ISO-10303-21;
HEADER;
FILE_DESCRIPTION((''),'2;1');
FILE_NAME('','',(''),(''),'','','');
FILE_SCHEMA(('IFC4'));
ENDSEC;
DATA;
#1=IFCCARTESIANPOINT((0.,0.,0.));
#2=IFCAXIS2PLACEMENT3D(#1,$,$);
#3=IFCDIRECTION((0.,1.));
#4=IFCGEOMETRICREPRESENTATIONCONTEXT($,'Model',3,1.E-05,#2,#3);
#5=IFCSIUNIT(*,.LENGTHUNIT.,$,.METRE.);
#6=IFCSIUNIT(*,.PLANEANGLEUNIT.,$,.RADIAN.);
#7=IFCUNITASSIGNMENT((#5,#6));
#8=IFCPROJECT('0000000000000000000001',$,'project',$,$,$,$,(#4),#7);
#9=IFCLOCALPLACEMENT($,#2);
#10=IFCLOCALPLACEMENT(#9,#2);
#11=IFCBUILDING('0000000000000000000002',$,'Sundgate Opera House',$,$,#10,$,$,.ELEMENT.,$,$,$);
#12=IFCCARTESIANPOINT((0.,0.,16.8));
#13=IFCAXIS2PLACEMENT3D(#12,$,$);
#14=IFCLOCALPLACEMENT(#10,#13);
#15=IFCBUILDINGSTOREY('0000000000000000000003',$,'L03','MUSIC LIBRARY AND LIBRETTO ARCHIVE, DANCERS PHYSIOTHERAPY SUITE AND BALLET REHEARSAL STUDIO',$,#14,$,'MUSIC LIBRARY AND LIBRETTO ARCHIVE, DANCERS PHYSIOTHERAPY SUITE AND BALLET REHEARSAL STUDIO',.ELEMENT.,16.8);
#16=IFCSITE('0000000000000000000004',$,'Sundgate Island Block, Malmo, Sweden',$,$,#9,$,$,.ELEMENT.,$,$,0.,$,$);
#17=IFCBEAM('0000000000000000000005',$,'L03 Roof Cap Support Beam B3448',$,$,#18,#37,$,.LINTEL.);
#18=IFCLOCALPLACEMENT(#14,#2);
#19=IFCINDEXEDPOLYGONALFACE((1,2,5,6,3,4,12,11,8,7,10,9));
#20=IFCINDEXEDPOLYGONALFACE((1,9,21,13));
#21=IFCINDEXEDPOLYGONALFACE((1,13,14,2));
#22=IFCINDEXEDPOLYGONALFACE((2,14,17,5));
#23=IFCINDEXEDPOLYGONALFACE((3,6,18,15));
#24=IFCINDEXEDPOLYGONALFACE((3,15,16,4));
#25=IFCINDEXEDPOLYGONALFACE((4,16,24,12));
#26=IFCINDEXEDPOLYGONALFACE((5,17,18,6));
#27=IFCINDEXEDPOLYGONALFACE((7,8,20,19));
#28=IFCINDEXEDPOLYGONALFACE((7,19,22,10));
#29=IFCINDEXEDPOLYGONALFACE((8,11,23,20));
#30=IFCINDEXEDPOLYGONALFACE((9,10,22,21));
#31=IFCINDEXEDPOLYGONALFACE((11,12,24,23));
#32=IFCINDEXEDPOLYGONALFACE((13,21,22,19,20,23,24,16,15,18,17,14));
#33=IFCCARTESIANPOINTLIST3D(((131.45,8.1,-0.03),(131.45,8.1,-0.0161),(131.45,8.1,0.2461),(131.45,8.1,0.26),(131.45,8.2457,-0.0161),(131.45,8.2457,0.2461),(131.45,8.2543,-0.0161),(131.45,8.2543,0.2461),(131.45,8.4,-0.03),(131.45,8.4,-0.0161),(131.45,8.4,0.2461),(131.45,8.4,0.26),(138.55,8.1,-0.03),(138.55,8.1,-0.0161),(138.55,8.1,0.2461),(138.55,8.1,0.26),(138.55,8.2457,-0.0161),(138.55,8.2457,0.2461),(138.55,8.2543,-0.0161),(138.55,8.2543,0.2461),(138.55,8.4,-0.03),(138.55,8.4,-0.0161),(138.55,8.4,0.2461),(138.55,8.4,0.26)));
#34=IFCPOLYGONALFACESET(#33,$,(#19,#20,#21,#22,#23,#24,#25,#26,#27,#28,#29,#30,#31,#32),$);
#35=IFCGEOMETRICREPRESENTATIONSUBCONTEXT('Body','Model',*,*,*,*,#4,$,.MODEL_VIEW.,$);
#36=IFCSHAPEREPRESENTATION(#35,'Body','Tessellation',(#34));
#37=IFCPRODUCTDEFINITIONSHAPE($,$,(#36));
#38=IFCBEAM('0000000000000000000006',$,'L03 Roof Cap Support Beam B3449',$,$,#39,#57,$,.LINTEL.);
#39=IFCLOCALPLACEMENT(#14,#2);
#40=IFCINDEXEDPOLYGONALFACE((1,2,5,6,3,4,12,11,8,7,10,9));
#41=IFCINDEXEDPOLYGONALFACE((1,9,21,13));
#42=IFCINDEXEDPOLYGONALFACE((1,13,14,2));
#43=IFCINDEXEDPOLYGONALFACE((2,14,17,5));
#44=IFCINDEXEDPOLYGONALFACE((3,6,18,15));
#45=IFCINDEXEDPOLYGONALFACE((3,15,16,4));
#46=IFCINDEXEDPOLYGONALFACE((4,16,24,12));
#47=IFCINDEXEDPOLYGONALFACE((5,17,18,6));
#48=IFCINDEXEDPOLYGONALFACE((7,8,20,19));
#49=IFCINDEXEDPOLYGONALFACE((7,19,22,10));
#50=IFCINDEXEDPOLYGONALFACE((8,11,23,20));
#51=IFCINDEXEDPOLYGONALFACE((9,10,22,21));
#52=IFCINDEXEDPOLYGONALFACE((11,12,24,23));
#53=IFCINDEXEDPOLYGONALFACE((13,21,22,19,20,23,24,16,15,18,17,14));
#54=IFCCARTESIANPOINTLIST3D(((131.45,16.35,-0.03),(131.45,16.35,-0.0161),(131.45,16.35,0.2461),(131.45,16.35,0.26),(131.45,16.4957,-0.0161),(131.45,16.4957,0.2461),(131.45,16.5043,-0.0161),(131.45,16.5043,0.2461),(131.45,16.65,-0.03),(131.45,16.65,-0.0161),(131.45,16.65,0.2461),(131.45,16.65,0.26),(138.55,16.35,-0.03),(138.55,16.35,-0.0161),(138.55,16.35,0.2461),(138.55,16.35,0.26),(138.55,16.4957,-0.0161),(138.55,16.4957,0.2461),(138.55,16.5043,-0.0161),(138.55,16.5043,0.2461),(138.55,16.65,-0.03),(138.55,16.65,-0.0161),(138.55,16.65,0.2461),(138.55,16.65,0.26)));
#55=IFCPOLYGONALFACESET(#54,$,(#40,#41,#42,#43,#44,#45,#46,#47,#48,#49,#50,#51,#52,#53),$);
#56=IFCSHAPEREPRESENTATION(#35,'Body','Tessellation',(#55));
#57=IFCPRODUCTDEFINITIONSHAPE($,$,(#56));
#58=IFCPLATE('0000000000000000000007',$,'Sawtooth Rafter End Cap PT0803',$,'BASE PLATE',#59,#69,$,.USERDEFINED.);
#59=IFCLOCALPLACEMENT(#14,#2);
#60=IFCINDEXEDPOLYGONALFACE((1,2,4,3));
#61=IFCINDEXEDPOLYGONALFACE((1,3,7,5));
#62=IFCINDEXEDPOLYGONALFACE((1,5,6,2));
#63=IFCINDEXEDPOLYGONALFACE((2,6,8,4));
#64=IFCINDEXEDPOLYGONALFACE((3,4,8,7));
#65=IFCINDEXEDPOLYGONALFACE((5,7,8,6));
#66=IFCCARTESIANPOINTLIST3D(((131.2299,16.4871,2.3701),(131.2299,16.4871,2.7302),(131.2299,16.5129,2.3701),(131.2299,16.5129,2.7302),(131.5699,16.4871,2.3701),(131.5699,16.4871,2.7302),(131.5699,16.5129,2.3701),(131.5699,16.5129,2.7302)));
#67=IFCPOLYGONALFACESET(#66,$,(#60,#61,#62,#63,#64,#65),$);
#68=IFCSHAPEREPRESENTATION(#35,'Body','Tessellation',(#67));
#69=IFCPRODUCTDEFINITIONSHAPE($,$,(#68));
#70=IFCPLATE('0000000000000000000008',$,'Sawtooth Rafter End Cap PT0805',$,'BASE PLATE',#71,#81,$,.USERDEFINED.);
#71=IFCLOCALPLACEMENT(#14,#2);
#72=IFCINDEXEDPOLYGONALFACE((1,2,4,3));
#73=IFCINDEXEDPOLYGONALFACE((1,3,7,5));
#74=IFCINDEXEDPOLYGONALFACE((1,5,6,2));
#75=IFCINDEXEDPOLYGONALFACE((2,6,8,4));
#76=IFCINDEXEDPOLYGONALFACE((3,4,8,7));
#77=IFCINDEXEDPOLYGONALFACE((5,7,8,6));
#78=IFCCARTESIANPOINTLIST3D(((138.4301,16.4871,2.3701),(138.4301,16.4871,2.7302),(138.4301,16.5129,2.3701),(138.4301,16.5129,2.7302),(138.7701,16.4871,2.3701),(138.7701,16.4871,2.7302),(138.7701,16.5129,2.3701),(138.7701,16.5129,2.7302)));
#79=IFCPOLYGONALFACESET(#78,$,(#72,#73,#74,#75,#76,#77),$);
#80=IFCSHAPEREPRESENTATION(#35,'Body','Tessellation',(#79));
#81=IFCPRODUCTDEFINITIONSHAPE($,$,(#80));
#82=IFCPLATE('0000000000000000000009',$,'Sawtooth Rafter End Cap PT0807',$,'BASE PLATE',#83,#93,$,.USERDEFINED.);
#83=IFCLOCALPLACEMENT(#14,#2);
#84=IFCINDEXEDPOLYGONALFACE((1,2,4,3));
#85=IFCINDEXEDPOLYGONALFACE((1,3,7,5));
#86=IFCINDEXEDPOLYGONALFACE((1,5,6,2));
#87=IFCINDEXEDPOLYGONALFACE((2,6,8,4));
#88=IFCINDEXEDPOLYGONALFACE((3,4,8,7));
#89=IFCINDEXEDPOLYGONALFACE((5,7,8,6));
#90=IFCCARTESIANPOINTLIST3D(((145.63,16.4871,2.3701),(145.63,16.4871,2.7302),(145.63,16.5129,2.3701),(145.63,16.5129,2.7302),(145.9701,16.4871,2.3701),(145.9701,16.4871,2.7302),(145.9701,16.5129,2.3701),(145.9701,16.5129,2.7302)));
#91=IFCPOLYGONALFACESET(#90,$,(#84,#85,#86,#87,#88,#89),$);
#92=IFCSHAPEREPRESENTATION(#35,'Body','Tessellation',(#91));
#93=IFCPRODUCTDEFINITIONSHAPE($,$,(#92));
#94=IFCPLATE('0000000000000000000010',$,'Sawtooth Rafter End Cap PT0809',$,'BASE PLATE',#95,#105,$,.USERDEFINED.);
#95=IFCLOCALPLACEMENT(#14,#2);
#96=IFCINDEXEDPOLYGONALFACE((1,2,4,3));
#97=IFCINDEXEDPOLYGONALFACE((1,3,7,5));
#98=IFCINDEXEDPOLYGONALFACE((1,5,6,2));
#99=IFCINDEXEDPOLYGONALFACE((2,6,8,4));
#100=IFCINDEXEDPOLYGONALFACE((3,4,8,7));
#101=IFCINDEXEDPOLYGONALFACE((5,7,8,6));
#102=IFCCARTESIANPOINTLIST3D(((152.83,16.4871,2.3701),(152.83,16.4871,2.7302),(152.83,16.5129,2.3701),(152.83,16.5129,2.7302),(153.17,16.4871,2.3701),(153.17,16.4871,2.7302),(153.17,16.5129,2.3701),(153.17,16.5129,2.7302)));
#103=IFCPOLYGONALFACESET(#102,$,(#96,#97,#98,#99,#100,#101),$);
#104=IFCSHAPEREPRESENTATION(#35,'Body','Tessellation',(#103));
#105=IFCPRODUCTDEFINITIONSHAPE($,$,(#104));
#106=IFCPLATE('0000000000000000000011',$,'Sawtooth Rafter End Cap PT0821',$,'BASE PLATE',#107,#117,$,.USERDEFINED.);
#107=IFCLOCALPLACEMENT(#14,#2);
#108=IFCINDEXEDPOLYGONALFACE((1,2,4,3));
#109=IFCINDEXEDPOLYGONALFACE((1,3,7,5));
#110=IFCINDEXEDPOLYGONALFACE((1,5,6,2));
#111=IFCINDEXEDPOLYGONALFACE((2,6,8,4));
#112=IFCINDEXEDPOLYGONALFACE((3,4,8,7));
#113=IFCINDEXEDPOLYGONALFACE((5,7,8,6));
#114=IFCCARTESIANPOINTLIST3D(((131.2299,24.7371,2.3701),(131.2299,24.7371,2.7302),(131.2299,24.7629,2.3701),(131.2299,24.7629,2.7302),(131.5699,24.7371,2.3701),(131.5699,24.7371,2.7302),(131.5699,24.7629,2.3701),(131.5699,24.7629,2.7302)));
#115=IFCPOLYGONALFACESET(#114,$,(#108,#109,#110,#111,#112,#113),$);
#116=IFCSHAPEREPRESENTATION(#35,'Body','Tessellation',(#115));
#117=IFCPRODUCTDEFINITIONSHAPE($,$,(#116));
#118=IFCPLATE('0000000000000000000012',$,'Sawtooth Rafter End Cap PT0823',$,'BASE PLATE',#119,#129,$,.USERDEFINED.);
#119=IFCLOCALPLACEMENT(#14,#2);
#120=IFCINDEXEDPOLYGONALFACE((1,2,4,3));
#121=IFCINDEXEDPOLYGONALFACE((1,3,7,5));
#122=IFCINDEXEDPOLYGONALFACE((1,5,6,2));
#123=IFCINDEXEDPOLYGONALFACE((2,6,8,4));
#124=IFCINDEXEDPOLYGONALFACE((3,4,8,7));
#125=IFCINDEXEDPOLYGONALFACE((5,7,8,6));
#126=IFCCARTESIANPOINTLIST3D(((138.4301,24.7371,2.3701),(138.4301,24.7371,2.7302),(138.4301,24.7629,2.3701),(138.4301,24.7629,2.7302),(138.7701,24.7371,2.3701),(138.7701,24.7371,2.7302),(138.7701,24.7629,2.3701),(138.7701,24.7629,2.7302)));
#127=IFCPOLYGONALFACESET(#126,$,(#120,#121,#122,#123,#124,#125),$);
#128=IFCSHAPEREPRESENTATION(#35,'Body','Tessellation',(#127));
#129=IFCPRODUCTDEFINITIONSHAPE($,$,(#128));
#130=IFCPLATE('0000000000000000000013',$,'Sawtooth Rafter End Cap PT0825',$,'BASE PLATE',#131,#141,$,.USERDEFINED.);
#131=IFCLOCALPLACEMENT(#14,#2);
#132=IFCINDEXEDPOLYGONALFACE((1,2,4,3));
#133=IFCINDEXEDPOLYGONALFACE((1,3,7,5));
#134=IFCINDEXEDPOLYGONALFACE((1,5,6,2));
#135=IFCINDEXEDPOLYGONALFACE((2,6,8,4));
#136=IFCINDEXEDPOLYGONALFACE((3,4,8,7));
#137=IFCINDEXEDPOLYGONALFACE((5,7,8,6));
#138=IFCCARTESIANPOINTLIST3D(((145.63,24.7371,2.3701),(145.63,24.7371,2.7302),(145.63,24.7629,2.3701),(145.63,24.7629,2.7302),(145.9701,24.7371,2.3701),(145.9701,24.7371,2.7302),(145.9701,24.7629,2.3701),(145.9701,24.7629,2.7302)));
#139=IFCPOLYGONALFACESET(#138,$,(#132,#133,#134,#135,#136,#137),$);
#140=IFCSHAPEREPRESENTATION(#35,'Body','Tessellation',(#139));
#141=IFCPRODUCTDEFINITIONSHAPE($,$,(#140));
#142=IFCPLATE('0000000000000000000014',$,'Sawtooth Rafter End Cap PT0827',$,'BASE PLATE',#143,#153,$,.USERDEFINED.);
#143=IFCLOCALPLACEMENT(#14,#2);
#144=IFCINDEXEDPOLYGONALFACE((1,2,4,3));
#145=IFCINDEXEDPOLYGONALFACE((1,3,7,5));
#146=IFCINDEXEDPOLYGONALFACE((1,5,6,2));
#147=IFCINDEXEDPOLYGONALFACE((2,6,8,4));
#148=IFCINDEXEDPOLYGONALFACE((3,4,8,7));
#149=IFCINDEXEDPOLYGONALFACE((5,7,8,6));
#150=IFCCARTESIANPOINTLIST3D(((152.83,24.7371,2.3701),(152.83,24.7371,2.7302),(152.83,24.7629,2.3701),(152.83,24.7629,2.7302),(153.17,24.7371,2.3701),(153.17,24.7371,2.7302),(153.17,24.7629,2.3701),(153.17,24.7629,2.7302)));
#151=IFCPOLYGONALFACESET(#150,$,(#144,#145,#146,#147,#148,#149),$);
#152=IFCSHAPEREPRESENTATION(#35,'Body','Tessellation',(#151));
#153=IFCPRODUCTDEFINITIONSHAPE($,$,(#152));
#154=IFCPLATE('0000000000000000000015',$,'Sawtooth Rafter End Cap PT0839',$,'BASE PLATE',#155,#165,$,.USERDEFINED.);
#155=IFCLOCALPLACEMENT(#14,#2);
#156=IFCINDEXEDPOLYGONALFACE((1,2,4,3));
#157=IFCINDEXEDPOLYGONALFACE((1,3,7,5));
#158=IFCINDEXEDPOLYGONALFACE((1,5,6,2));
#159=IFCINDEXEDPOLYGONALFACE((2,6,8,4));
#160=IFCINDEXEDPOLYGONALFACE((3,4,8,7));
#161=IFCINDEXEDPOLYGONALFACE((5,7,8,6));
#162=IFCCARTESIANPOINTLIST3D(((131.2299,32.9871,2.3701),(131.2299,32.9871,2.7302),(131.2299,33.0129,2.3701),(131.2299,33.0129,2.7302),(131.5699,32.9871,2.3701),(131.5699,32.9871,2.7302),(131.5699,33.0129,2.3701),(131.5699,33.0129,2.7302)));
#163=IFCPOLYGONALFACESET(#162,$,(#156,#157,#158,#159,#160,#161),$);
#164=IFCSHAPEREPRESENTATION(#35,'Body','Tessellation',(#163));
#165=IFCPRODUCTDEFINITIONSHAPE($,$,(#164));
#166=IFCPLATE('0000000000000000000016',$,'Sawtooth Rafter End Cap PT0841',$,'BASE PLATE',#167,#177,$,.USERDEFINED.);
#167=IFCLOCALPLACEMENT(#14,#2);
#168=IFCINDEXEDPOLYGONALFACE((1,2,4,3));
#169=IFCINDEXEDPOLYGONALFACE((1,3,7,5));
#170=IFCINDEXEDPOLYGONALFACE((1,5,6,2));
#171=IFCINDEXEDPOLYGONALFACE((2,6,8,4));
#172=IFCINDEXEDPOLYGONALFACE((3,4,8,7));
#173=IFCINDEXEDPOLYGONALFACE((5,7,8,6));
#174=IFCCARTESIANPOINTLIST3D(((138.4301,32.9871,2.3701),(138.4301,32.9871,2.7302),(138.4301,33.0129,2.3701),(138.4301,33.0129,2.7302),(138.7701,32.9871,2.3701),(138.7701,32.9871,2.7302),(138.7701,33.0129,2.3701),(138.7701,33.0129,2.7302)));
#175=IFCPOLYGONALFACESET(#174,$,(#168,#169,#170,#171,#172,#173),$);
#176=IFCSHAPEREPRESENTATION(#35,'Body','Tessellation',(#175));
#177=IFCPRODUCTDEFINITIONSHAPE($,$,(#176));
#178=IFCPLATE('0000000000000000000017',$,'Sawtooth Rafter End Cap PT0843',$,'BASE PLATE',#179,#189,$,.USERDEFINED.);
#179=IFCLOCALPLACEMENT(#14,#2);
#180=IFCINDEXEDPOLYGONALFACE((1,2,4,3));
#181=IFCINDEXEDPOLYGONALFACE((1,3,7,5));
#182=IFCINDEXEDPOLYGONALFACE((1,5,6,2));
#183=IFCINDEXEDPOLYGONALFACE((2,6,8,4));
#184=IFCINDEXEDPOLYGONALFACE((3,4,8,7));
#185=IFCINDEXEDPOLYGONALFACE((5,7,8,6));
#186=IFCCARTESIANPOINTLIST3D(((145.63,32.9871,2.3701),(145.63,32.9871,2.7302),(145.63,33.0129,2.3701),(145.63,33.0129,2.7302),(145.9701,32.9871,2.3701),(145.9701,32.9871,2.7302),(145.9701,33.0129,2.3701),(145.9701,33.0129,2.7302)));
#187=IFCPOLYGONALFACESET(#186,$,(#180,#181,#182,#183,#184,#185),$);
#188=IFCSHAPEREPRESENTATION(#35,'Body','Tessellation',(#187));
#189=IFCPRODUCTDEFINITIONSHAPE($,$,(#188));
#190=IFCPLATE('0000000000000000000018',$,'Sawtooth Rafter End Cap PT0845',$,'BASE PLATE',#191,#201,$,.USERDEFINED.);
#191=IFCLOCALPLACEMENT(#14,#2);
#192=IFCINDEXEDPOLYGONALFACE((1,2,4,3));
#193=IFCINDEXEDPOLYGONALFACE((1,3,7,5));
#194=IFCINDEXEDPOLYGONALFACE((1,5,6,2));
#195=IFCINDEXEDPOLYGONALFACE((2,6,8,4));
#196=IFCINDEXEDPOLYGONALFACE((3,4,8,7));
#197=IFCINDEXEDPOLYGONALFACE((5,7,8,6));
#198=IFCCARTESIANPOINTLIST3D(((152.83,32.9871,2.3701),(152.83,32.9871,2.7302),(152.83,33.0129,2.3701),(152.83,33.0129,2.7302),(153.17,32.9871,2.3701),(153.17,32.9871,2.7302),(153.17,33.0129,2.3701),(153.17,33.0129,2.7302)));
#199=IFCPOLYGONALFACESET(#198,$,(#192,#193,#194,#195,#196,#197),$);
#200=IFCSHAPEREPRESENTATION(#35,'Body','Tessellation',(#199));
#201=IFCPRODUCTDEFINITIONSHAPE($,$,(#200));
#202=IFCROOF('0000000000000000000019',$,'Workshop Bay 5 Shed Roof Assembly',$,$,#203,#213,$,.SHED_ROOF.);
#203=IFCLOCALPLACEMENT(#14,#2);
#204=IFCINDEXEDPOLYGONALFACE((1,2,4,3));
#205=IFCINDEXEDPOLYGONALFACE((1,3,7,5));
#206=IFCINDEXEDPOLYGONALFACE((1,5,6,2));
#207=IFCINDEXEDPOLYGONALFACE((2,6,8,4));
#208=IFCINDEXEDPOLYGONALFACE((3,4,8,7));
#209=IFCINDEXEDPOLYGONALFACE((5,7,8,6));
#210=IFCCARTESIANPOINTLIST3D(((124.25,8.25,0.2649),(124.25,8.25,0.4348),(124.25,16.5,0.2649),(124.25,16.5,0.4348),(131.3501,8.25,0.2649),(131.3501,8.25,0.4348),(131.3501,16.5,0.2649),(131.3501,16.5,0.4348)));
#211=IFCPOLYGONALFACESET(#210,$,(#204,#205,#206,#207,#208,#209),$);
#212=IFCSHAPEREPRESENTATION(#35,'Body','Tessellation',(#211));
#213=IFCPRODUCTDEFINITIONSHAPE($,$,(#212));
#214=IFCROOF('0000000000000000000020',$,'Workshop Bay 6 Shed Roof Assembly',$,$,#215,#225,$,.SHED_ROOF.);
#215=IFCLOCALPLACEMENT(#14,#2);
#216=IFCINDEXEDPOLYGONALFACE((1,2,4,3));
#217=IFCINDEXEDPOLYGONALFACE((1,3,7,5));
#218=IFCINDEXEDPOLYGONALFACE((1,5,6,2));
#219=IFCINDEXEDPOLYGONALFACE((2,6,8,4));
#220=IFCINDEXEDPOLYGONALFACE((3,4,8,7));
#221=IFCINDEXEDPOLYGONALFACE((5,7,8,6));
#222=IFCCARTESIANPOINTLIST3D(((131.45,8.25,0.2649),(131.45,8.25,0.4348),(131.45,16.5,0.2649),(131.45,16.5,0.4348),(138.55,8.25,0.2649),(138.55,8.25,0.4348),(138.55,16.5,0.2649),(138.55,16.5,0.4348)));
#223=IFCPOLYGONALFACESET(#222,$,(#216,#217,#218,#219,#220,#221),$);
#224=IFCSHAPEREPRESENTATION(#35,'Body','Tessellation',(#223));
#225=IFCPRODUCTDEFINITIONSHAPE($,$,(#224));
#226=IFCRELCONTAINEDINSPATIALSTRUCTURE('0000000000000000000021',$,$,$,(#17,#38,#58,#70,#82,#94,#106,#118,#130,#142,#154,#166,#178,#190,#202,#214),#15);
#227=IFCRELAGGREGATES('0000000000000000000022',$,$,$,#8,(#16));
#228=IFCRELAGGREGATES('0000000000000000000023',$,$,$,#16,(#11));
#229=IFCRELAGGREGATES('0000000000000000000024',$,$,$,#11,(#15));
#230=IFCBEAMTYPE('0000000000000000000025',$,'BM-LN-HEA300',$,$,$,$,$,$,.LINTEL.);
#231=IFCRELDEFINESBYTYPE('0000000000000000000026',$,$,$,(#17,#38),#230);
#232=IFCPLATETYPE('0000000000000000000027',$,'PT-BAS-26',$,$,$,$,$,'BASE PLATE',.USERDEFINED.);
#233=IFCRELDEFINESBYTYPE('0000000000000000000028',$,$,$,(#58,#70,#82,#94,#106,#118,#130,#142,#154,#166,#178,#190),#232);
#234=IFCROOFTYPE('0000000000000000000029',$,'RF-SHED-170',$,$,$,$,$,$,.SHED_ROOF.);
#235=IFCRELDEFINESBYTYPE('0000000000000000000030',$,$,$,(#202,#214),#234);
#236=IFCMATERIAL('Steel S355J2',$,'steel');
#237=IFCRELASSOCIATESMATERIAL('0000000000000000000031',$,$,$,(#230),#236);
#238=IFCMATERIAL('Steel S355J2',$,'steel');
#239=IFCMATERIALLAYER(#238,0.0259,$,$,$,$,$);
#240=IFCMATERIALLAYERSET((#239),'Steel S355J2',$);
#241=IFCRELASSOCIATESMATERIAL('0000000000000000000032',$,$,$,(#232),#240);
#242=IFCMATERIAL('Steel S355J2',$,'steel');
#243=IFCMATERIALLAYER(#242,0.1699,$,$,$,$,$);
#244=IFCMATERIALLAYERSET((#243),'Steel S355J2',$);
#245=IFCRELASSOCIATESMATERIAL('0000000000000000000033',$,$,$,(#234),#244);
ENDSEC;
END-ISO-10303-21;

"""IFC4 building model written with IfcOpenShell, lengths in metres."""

from ifc_helpers import new_model, si_unit, direction, frame, origin, origin_2d, place, context, subcontext, project, spatial, rectangle, i_section, extrude, material, layer, layer_set, material_profile, profile_set, type_object, element, save


model = new_model("IFC4")

# Units and contexts
model_context = context("Model", 3, precision=1e-05, world=origin(), true_north=direction((0.0, 1.0)))
body_context = subcontext(model_context, "Body", "Model", "MODEL_VIEW")
ifc_project = project(units=[si_unit("LENGTHUNIT", "METRE"), si_unit("PLANEANGLEUNIT", "RADIAN")], contexts=[model_context])

# Site, building, storey
site_placement = place(None, origin())
site = spatial("IfcSite", under=ifc_project, at=site_placement, Name="Sundgate Island Block, Malmo, Sweden", CompositionType="ELEMENT", RefElevation=0.0)
building_placement = place(site_placement, origin())
building = spatial("IfcBuilding", under=site, at=building_placement, Name="Sundgate Opera House", CompositionType="ELEMENT")
storey_placement = place(building_placement, frame((0.0, 0.0, 16.8)))
storey = spatial("IfcBuildingStorey", under=building, at=storey_placement, Name="L03", Description="MUSIC LIBRARY AND LIBRETTO ARCHIVE, DANCERS PHYSIOTHERAPY SUITE AND BALLET REHEARSAL STUDIO", LongName="MUSIC LIBRARY AND LIBRETTO ARCHIVE, DANCERS PHYSIOTHERAPY SUITE AND BALLET REHEARSAL STUDIO", CompositionType="ELEMENT", Elevation=16.8)

# Beams
ifc_material_1 = material(Name="Steel S355J2", Category="steel")
ifc_material_profile_1 = material_profile(ifc_material_1, i_section(OverallWidth=0.3, OverallDepth=0.29, WebThickness=0.0085, FlangeThickness=0.0139, at=origin_2d()), Name="HEA 300")
ifc_profile_set_1 = profile_set([ifc_material_profile_1], Name="Steel S355J2")
beam_type_1 = type_object("IfcBeamType", Name="BM-LN-HEA300", PredefinedType="LINTEL", material=ifc_profile_set_1)
for number, where, z_axis, x_axis, name in (
    (1, (131.45, 8.25, 0.115), (1.0, 0.0, 0.0), (0.0, 1.0, 0.0), "L03 Roof Cap Support Beam B3448"),
    (2, (131.45, 16.5, 0.115), (1.0, 0.0, 0.0), (0.0, 1.0, 0.0), "L03 Roof Cap Support Beam B3449"),
):
    element("IfcBeam", number, at=place(storey_placement, frame(where, z_axis=z_axis, x_axis=x_axis)), inside=storey, type_object=beam_type_1, Name=name, PredefinedType="LINTEL", context=body_context, shape_type="SweptSolid", body=[
        extrude(i_section(OverallWidth=0.3, OverallDepth=0.29, WebThickness=0.0085, FlangeThickness=0.0139, at=origin_2d()), origin(), (0.0, 0.0, 1.0), 7.1001),
    ])

# Plates
ifc_material_2 = material(Name="Steel S355J2", Category="steel")
ifc_layer_1 = layer(ifc_material_2, 0.0259)
ifc_layer_set_1 = layer_set([ifc_layer_1], Name="Steel S355J2")
plate_type = type_object("IfcPlateType", Name="PT-BAS-26", ElementType="BASE PLATE", PredefinedType="USERDEFINED", material=ifc_layer_set_1)
for number, where, z_axis, x_axis, name in (
    (3, (131.3999, 16.5, 2.3701), (0.0, 0.0, 1.0), (1.0, 0.0, 0.0), "Sawtooth Rafter End Cap PT0803"),
    (4, (138.6001, 16.5, 2.3701), (0.0, 0.0, 1.0), (1.0, 0.0, 0.0), "Sawtooth Rafter End Cap PT0805"),
    (5, (145.8, 16.5, 2.3701), (0.0, 0.0, 1.0), (1.0, 0.0, 0.0), "Sawtooth Rafter End Cap PT0807"),
    (6, (153.0, 16.5, 2.3701), (0.0, 0.0, 1.0), (1.0, 0.0, 0.0), "Sawtooth Rafter End Cap PT0809"),
    (7, (131.3999, 24.75, 2.3701), (0.0, 0.0, 1.0), (1.0, 0.0, 0.0), "Sawtooth Rafter End Cap PT0821"),
    (8, (138.6001, 24.75, 2.3701), (0.0, 0.0, 1.0), (1.0, 0.0, 0.0), "Sawtooth Rafter End Cap PT0823"),
    (9, (145.8, 24.75, 2.3701), (0.0, 0.0, 1.0), (1.0, 0.0, 0.0), "Sawtooth Rafter End Cap PT0825"),
    (10, (153.0, 24.75, 2.3701), (0.0, 0.0, 1.0), (1.0, 0.0, 0.0), "Sawtooth Rafter End Cap PT0827"),
    (11, (131.3999, 33.0, 2.3701), (0.0, 0.0, 1.0), (1.0, 0.0, 0.0), "Sawtooth Rafter End Cap PT0839"),
    (12, (138.6001, 33.0, 2.3701), (0.0, 0.0, 1.0), (1.0, 0.0, 0.0), "Sawtooth Rafter End Cap PT0841"),
    (13, (145.8, 33.0, 2.3701), (0.0, 0.0, 1.0), (1.0, 0.0, 0.0), "Sawtooth Rafter End Cap PT0843"),
    (14, (153.0, 33.0, 2.3701), (0.0, 0.0, 1.0), (1.0, 0.0, 0.0), "Sawtooth Rafter End Cap PT0845"),
):
    element("IfcPlate", number, at=place(storey_placement, frame(where, z_axis=z_axis, x_axis=x_axis)), inside=storey, type_object=plate_type, Name=name, ObjectType="BASE PLATE", PredefinedType="USERDEFINED", context=body_context, shape_type="SweptSolid", body=[
        extrude(rectangle(XDim=0.3401, YDim=0.0259, at=origin_2d()), origin(), (0.0, 0.0, 1.0), 0.3601),
    ])

# Roofs
ifc_material_3 = material(Name="Steel S355J2", Category="steel")
ifc_layer_2 = layer(ifc_material_3, 0.1699)
ifc_layer_set_2 = layer_set([ifc_layer_2], Name="Steel S355J2")
roof_type = type_object("IfcRoofType", Name="RF-SHED-170", PredefinedType="SHED_ROOF", material=ifc_layer_set_2)
for number, where, z_axis, x_axis, name in (
    (15, (127.8, 12.375, 0.2649), (0.0, 0.0, 1.0), (1.0, 0.0, 0.0), "Workshop Bay 5 Shed Roof Assembly"),
    (16, (135.0, 12.375, 0.2649), (0.0, 0.0, 1.0), (1.0, 0.0, 0.0), "Workshop Bay 6 Shed Roof Assembly"),
):
    element("IfcRoof", number, at=place(storey_placement, frame(where, z_axis=z_axis, x_axis=x_axis)), inside=storey, type_object=roof_type, Name=name, PredefinedType="SHED_ROOF", context=body_context, shape_type="SweptSolid", body=[
        extrude(rectangle(XDim=7.1001, YDim=8.25, at=origin_2d()), origin(), (0.0, 0.0, 1.0), 0.1699),
    ])

save(model, "model.ifc")
